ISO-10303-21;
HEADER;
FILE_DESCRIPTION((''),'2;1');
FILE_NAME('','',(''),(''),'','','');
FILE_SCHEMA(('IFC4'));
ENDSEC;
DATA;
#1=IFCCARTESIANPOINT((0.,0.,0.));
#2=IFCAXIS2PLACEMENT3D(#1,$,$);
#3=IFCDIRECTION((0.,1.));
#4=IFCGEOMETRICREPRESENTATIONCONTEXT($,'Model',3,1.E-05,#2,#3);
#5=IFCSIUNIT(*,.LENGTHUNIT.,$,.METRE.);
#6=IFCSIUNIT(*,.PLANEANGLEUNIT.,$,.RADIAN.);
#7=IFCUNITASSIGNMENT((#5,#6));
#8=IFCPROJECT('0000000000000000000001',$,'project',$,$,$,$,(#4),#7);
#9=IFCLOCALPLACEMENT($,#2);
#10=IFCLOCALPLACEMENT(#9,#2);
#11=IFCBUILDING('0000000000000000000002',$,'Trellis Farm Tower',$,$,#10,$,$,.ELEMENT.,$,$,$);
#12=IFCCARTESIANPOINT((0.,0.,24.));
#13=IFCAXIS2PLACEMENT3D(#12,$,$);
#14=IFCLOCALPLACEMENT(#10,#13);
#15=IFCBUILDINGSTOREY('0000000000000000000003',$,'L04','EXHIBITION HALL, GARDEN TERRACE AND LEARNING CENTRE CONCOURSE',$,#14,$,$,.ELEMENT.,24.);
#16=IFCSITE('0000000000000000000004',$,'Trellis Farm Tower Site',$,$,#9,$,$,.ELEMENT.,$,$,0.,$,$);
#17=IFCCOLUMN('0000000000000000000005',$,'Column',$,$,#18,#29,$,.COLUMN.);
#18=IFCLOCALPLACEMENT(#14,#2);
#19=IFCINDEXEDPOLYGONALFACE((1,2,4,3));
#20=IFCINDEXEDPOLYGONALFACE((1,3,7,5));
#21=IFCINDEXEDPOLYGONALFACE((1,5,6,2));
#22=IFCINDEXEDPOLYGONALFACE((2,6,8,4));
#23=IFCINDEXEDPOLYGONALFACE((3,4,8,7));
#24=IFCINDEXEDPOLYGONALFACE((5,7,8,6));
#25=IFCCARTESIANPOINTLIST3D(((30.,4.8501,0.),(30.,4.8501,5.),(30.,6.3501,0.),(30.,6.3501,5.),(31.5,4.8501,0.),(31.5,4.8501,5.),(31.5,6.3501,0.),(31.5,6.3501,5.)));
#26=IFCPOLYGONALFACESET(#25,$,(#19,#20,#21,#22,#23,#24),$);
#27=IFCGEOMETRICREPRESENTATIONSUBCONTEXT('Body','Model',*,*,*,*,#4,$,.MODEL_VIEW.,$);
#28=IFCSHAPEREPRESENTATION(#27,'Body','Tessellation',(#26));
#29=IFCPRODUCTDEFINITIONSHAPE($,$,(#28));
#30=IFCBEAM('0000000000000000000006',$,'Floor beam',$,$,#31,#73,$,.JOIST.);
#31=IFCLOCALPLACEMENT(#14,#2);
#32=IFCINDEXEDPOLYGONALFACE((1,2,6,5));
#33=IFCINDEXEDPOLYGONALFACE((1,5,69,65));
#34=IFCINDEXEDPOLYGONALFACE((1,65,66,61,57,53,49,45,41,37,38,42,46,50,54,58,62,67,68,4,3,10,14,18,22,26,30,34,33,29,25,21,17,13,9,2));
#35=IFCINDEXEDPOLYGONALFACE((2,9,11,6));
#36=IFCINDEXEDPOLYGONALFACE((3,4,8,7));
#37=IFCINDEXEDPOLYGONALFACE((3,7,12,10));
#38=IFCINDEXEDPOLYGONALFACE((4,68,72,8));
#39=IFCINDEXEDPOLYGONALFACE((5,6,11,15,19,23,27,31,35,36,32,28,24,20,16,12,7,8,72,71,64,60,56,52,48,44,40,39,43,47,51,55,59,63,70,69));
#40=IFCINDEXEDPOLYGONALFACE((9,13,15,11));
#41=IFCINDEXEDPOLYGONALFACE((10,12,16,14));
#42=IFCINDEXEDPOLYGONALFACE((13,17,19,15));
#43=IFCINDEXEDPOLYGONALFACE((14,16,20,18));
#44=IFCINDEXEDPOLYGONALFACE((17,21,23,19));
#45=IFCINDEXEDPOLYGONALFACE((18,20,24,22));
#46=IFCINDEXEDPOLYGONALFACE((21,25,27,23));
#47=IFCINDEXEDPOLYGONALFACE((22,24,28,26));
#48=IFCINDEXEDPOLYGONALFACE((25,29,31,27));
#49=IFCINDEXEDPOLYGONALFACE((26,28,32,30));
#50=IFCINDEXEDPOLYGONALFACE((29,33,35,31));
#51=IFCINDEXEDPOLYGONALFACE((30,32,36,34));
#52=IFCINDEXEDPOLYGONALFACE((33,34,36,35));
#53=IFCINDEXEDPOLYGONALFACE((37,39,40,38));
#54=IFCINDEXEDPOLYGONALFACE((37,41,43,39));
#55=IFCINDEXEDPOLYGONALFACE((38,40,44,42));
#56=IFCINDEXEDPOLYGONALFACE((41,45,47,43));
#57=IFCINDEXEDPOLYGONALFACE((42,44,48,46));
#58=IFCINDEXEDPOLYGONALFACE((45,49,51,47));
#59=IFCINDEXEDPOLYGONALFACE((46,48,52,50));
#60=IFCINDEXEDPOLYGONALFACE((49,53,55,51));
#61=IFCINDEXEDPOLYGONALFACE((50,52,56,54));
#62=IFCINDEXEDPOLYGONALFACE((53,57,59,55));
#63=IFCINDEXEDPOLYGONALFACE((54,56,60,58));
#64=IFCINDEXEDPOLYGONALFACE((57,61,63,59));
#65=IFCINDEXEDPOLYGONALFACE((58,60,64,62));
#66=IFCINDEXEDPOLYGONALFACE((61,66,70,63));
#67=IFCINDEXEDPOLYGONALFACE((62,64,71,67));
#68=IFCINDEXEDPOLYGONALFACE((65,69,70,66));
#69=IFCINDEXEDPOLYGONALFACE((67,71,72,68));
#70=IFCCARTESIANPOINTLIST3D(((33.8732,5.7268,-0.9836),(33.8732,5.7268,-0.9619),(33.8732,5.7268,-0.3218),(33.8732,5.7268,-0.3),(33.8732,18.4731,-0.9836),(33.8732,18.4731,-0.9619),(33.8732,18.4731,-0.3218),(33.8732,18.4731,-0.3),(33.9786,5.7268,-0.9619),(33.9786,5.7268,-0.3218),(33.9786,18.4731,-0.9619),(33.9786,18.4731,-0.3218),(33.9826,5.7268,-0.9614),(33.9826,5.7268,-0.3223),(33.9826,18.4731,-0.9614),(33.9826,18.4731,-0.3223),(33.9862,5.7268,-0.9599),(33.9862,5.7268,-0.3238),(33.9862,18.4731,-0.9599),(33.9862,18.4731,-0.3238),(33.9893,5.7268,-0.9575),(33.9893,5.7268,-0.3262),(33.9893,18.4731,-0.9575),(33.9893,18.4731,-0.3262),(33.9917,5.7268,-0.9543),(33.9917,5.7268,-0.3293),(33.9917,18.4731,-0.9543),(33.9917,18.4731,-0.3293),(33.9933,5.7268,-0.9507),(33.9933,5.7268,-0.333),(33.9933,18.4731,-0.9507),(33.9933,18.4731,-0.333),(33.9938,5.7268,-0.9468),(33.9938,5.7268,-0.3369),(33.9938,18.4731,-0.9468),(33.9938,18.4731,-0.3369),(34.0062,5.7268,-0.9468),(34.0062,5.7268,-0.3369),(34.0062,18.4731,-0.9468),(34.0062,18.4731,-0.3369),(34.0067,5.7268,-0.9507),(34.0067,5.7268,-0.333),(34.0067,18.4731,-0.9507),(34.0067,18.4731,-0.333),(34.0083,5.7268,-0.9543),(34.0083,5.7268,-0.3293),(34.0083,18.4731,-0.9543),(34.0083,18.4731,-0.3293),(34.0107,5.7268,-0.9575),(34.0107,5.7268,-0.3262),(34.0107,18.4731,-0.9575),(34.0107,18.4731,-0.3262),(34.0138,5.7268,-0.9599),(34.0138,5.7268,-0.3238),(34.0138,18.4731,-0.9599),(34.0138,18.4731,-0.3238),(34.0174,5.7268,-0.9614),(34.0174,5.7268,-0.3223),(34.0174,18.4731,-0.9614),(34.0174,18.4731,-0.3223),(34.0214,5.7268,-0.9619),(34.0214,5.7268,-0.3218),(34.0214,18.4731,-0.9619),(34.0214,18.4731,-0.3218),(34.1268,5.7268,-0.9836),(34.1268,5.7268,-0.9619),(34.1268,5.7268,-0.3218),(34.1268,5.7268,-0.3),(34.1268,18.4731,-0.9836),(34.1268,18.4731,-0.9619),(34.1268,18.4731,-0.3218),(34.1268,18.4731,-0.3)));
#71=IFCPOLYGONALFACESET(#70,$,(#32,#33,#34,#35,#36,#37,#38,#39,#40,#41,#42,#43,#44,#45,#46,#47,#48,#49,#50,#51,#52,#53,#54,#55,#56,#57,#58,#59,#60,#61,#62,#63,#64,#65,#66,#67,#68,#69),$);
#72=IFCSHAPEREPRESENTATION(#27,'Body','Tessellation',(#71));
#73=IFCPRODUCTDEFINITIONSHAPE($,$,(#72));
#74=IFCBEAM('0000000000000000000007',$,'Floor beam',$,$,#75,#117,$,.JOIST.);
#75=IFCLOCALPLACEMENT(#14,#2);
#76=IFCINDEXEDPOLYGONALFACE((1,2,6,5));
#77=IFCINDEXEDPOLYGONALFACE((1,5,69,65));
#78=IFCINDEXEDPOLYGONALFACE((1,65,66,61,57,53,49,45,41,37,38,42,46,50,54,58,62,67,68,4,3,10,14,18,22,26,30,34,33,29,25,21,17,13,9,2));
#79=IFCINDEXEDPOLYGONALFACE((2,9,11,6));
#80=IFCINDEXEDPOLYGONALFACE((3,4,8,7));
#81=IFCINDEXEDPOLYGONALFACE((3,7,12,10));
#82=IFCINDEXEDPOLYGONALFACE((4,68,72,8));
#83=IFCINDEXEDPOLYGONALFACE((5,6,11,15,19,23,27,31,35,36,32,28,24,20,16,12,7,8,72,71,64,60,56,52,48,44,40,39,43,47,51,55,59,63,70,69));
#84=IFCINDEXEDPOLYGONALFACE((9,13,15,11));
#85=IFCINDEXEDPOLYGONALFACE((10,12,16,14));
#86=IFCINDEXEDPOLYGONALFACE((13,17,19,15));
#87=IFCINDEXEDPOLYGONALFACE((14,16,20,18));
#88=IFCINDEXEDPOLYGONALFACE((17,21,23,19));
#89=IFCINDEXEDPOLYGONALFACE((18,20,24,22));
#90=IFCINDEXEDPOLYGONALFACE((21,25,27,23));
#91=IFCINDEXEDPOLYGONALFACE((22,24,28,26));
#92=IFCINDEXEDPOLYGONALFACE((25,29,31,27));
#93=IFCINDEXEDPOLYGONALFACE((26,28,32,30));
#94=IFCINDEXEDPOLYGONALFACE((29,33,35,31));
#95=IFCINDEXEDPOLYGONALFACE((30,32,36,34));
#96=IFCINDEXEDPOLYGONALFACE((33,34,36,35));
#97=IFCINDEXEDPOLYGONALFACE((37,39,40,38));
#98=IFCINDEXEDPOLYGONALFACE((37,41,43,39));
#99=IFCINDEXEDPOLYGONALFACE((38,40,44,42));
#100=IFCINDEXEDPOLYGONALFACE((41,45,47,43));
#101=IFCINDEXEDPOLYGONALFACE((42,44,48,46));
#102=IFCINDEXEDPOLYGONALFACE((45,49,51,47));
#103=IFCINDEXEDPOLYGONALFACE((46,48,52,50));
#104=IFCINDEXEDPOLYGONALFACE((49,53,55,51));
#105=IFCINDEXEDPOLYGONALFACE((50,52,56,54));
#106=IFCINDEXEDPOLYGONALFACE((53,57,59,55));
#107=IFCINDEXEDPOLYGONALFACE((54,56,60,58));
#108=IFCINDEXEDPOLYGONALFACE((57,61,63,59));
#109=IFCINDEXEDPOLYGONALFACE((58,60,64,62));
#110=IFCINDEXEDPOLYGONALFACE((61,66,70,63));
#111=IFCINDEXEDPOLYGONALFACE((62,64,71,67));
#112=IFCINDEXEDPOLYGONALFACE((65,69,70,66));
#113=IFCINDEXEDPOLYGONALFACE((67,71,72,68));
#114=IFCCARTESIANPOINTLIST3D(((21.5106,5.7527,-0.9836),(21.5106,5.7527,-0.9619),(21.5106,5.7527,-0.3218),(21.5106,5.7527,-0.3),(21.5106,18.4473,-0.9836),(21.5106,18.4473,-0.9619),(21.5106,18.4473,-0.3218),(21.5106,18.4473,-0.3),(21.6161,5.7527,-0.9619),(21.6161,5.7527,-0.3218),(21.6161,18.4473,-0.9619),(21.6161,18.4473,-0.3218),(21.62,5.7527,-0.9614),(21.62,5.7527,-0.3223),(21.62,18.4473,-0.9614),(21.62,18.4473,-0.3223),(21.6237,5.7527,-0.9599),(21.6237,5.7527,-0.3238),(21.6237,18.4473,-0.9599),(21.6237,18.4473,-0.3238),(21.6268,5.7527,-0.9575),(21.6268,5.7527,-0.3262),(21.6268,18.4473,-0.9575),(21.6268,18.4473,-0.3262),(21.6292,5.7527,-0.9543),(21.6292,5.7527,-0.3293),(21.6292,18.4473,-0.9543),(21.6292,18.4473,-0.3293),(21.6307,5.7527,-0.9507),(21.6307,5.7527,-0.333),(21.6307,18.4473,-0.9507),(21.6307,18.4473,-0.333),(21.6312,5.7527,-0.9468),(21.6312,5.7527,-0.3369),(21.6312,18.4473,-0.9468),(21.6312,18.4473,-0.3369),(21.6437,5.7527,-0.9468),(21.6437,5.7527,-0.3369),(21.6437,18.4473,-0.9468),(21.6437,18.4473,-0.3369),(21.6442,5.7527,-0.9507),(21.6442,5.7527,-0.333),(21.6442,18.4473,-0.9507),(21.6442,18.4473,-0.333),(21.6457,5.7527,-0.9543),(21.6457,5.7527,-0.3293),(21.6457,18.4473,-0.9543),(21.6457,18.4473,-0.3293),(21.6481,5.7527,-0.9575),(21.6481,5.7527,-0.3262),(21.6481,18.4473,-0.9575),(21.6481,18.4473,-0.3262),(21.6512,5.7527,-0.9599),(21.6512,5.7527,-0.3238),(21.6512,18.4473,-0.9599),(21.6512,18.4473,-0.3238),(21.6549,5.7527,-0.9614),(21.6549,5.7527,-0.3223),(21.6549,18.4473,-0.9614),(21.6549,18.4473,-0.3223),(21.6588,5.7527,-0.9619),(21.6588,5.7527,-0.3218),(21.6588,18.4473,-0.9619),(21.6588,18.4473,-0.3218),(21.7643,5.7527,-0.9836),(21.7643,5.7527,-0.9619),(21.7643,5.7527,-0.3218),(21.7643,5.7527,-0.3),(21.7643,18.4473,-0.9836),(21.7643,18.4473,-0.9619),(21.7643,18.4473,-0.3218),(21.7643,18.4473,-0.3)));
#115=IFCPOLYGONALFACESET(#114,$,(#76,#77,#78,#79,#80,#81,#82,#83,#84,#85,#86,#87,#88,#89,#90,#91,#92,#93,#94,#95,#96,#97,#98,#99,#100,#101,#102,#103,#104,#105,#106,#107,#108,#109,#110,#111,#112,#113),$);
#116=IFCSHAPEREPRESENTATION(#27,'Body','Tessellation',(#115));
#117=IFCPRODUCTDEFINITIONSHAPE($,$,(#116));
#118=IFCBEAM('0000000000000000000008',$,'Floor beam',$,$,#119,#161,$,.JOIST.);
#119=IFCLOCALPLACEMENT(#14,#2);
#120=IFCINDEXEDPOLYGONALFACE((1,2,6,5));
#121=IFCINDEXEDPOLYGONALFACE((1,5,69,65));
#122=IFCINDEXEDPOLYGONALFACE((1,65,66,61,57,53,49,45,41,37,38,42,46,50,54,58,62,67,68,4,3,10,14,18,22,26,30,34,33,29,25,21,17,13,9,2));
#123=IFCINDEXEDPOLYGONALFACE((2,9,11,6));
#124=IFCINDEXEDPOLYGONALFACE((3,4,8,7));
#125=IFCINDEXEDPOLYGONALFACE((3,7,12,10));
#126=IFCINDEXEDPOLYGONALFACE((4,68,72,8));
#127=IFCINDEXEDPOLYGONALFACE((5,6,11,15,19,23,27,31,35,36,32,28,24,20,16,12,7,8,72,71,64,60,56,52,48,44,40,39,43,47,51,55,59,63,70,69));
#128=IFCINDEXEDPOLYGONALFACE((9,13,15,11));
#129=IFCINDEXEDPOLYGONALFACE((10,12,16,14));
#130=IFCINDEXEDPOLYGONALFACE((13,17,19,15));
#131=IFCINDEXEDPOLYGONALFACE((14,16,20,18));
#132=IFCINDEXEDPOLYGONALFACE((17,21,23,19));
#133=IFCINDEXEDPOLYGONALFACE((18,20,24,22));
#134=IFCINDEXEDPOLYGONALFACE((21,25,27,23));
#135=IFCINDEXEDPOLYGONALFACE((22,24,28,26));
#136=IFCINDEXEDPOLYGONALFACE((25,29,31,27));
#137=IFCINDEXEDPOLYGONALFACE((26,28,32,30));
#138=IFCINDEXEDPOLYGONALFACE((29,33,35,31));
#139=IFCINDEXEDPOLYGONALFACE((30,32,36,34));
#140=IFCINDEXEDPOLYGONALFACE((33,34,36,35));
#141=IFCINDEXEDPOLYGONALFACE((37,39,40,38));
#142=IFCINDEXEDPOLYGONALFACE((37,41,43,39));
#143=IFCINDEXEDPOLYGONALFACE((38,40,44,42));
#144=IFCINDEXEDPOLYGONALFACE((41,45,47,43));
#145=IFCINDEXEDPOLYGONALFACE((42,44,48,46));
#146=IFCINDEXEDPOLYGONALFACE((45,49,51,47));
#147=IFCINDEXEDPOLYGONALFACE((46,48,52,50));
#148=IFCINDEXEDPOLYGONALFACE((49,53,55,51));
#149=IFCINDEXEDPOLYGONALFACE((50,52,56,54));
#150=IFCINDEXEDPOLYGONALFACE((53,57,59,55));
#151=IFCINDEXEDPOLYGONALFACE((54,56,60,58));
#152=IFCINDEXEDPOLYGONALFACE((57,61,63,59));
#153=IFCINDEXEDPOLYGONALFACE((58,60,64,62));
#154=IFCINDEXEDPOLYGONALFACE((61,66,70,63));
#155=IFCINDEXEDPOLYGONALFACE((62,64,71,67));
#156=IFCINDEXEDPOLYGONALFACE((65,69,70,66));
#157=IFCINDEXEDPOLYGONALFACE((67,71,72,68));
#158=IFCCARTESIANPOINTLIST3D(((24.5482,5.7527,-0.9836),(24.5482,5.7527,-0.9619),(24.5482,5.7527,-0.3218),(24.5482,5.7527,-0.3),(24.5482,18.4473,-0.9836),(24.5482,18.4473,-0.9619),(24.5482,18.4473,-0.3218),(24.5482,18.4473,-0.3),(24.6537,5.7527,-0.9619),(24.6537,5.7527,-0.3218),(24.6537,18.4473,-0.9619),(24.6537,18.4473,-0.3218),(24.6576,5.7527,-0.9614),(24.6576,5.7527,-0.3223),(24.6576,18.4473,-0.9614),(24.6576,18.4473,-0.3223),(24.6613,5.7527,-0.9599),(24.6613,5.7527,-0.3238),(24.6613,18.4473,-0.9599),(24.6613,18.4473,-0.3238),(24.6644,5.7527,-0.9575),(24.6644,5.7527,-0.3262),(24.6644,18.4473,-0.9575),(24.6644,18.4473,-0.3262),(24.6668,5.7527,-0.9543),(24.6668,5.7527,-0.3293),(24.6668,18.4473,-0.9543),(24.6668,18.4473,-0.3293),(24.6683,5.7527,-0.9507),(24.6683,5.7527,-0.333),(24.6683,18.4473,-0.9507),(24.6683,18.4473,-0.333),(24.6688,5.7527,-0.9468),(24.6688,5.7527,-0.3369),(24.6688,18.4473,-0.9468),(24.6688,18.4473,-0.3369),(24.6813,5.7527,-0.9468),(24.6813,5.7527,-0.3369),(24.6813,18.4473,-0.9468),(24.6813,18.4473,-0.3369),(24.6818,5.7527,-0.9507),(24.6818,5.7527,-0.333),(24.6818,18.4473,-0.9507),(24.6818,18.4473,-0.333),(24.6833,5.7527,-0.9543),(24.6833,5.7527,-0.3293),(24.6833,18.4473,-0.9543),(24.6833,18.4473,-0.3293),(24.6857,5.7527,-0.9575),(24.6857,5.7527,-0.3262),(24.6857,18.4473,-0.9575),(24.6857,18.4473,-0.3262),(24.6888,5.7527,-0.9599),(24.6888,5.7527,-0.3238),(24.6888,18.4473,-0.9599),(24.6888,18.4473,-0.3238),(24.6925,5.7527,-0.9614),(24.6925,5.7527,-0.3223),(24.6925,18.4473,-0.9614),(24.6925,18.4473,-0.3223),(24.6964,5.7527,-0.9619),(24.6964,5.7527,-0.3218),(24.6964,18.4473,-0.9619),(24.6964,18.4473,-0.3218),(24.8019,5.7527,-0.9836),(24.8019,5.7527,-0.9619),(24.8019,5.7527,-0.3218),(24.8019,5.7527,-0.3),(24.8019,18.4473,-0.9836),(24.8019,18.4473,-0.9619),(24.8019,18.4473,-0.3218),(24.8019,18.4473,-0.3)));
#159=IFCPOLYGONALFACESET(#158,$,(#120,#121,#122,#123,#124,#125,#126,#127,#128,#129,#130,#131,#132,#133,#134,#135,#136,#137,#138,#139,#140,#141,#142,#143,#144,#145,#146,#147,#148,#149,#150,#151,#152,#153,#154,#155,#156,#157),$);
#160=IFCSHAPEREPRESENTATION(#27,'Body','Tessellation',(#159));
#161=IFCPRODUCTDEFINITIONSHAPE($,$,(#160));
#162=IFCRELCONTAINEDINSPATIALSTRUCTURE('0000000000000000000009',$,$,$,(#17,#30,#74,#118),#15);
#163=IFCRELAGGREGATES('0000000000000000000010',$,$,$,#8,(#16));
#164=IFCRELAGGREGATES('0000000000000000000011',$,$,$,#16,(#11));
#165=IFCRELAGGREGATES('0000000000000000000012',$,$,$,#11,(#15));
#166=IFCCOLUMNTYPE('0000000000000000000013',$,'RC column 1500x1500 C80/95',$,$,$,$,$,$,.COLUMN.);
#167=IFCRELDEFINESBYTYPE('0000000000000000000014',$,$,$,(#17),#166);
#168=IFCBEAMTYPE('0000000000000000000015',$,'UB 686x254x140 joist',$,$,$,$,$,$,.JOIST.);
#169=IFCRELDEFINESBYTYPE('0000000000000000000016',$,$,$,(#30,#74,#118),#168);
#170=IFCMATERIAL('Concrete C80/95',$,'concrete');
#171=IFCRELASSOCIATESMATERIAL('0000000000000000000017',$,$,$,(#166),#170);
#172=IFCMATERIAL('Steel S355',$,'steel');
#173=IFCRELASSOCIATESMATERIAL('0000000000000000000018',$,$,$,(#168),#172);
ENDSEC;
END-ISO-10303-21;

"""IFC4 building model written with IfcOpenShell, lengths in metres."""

from ifc_helpers import new_model, si_unit, direction, frame, origin, origin_2d, place, context, subcontext, project, spatial, rectangle, i_section, extrude, source, transform, mapped, material, material_profile, profile_set, type_object, element, save


model = new_model("IFC4")

# Units and contexts
model_context = context("Model", 3, precision=1e-05, world=origin(), true_north=direction((0.0, 1.0)))
body_context = subcontext(model_context, "Body", "Model", "MODEL_VIEW")
ifc_project = project(units=[si_unit("LENGTHUNIT", "METRE"), si_unit("PLANEANGLEUNIT", "RADIAN")], contexts=[model_context])

# Site, building, storey
site_placement = place(None, origin())
site = spatial("IfcSite", under=ifc_project, at=site_placement, Name="Trellis Farm Tower Site", CompositionType="ELEMENT", RefElevation=0.0)
building_placement = place(site_placement, origin())
building = spatial("IfcBuilding", under=site, at=building_placement, Name="Trellis Farm Tower", CompositionType="ELEMENT")
storey_placement = place(building_placement, frame((0.0, 0.0, 24.0)))
storey = spatial("IfcBuildingStorey", under=building, at=storey_placement, Name="L04", Description="EXHIBITION HALL, GARDEN TERRACE AND LEARNING CENTRE CONCOURSE", CompositionType="ELEMENT", Elevation=24.0)

# Column
ifc_material_1 = material(Name="Concrete C80/95", Category="concrete")
ifc_material_profile_1 = material_profile(ifc_material_1, rectangle(XDim=1.5, YDim=1.5, at=origin_2d()), Name="RC column 1500x1500 C80/95")
ifc_profile_set_1 = profile_set([ifc_material_profile_1], Name="Concrete C80/95")
column_type = type_object("IfcColumnType", Name="RC column 1500x1500 C80/95", PredefinedType="COLUMN", material=ifc_profile_set_1)
shared_shape_1 = source(origin(), body_context, "Body", "SweptSolid", [
    extrude(rectangle(XDim=1.5, YDim=1.5, at=origin_2d()), origin(), (0.0, 0.0, 1.0), 5.0),
])
column_placement = place(storey_placement, frame((30.75, 5.6001, 0.0), z_axis=(0.0, 0.0, 1.0), x_axis=(1.0, 0.0, 0.0)))
element("IfcColumn", 1, at=column_placement, inside=storey, type_object=column_type, Name="Column", PredefinedType="COLUMN", context=body_context, shape_type="MappedRepresentation", body=[
    mapped(shared_shape_1, transform((0.0, 0.0, 0.0))),
])

# Beams
ifc_material_2 = material(Name="Steel S355", Category="steel")
ifc_material_profile_2 = material_profile(ifc_material_2, i_section(OverallWidth=0.2537, OverallDepth=0.6836, WebThickness=0.0125, FlangeThickness=0.0217, FilletRadius=0.0151, at=origin_2d()), Name="UB 686x254x140")
ifc_profile_set_2 = profile_set([ifc_material_profile_2], Name="Steel S355")
beam_type_1 = type_object("IfcBeamType", Name="UB 686x254x140 joist", PredefinedType="JOIST", material=ifc_profile_set_2)
shared_shape_2 = source(origin(), body_context, "Body", "SweptSolid", [
    extrude(i_section(OverallWidth=0.2537, OverallDepth=0.6836, WebThickness=0.0125, FlangeThickness=0.0217, FilletRadius=0.0151, at=origin_2d()), origin(), (0.0, 0.0, 1.0), 12.7463),
])
beam_1_placement = place(storey_placement, frame((34.0, 5.7268, -0.6418), z_axis=(0.0, 1.0, 0.0), x_axis=(-1.0, 0.0, 0.0)))
element("IfcBeam", 2, at=beam_1_placement, inside=storey, type_object=beam_type_1, Name="Floor beam", PredefinedType="JOIST", context=body_context, shape_type="MappedRepresentation", body=[
    mapped(shared_shape_2, transform((0.0, 0.0, 0.0))),
])
shared_shape_3 = source(origin(), body_context, "Body", "SweptSolid", [
    extrude(i_section(OverallWidth=0.2537, OverallDepth=0.6836, WebThickness=0.0125, FlangeThickness=0.0217, FilletRadius=0.0151, at=origin_2d()), origin(), (0.0, 0.0, 1.0), 12.6946),
])
for number, where, z_axis, x_axis, name in (
    (3, (21.6375, 5.7527, -0.6418), (0.0, 1.0, 0.0), (-1.0, 0.0, 0.0), "Floor beam"),
    (4, (24.675, 5.7527, -0.6418), (0.0, 1.0, 0.0), (-1.0, 0.0, 0.0), "Floor beam"),
):
    element("IfcBeam", number, at=place(storey_placement, frame(where, z_axis=z_axis, x_axis=x_axis)), inside=storey, type_object=beam_type_1, Name=name, PredefinedType="JOIST", context=body_context, shape_type="MappedRepresentation", body=[
        mapped(shared_shape_3, transform((0.0, 0.0, 0.0))),
    ])

save(model, "model.ifc")
